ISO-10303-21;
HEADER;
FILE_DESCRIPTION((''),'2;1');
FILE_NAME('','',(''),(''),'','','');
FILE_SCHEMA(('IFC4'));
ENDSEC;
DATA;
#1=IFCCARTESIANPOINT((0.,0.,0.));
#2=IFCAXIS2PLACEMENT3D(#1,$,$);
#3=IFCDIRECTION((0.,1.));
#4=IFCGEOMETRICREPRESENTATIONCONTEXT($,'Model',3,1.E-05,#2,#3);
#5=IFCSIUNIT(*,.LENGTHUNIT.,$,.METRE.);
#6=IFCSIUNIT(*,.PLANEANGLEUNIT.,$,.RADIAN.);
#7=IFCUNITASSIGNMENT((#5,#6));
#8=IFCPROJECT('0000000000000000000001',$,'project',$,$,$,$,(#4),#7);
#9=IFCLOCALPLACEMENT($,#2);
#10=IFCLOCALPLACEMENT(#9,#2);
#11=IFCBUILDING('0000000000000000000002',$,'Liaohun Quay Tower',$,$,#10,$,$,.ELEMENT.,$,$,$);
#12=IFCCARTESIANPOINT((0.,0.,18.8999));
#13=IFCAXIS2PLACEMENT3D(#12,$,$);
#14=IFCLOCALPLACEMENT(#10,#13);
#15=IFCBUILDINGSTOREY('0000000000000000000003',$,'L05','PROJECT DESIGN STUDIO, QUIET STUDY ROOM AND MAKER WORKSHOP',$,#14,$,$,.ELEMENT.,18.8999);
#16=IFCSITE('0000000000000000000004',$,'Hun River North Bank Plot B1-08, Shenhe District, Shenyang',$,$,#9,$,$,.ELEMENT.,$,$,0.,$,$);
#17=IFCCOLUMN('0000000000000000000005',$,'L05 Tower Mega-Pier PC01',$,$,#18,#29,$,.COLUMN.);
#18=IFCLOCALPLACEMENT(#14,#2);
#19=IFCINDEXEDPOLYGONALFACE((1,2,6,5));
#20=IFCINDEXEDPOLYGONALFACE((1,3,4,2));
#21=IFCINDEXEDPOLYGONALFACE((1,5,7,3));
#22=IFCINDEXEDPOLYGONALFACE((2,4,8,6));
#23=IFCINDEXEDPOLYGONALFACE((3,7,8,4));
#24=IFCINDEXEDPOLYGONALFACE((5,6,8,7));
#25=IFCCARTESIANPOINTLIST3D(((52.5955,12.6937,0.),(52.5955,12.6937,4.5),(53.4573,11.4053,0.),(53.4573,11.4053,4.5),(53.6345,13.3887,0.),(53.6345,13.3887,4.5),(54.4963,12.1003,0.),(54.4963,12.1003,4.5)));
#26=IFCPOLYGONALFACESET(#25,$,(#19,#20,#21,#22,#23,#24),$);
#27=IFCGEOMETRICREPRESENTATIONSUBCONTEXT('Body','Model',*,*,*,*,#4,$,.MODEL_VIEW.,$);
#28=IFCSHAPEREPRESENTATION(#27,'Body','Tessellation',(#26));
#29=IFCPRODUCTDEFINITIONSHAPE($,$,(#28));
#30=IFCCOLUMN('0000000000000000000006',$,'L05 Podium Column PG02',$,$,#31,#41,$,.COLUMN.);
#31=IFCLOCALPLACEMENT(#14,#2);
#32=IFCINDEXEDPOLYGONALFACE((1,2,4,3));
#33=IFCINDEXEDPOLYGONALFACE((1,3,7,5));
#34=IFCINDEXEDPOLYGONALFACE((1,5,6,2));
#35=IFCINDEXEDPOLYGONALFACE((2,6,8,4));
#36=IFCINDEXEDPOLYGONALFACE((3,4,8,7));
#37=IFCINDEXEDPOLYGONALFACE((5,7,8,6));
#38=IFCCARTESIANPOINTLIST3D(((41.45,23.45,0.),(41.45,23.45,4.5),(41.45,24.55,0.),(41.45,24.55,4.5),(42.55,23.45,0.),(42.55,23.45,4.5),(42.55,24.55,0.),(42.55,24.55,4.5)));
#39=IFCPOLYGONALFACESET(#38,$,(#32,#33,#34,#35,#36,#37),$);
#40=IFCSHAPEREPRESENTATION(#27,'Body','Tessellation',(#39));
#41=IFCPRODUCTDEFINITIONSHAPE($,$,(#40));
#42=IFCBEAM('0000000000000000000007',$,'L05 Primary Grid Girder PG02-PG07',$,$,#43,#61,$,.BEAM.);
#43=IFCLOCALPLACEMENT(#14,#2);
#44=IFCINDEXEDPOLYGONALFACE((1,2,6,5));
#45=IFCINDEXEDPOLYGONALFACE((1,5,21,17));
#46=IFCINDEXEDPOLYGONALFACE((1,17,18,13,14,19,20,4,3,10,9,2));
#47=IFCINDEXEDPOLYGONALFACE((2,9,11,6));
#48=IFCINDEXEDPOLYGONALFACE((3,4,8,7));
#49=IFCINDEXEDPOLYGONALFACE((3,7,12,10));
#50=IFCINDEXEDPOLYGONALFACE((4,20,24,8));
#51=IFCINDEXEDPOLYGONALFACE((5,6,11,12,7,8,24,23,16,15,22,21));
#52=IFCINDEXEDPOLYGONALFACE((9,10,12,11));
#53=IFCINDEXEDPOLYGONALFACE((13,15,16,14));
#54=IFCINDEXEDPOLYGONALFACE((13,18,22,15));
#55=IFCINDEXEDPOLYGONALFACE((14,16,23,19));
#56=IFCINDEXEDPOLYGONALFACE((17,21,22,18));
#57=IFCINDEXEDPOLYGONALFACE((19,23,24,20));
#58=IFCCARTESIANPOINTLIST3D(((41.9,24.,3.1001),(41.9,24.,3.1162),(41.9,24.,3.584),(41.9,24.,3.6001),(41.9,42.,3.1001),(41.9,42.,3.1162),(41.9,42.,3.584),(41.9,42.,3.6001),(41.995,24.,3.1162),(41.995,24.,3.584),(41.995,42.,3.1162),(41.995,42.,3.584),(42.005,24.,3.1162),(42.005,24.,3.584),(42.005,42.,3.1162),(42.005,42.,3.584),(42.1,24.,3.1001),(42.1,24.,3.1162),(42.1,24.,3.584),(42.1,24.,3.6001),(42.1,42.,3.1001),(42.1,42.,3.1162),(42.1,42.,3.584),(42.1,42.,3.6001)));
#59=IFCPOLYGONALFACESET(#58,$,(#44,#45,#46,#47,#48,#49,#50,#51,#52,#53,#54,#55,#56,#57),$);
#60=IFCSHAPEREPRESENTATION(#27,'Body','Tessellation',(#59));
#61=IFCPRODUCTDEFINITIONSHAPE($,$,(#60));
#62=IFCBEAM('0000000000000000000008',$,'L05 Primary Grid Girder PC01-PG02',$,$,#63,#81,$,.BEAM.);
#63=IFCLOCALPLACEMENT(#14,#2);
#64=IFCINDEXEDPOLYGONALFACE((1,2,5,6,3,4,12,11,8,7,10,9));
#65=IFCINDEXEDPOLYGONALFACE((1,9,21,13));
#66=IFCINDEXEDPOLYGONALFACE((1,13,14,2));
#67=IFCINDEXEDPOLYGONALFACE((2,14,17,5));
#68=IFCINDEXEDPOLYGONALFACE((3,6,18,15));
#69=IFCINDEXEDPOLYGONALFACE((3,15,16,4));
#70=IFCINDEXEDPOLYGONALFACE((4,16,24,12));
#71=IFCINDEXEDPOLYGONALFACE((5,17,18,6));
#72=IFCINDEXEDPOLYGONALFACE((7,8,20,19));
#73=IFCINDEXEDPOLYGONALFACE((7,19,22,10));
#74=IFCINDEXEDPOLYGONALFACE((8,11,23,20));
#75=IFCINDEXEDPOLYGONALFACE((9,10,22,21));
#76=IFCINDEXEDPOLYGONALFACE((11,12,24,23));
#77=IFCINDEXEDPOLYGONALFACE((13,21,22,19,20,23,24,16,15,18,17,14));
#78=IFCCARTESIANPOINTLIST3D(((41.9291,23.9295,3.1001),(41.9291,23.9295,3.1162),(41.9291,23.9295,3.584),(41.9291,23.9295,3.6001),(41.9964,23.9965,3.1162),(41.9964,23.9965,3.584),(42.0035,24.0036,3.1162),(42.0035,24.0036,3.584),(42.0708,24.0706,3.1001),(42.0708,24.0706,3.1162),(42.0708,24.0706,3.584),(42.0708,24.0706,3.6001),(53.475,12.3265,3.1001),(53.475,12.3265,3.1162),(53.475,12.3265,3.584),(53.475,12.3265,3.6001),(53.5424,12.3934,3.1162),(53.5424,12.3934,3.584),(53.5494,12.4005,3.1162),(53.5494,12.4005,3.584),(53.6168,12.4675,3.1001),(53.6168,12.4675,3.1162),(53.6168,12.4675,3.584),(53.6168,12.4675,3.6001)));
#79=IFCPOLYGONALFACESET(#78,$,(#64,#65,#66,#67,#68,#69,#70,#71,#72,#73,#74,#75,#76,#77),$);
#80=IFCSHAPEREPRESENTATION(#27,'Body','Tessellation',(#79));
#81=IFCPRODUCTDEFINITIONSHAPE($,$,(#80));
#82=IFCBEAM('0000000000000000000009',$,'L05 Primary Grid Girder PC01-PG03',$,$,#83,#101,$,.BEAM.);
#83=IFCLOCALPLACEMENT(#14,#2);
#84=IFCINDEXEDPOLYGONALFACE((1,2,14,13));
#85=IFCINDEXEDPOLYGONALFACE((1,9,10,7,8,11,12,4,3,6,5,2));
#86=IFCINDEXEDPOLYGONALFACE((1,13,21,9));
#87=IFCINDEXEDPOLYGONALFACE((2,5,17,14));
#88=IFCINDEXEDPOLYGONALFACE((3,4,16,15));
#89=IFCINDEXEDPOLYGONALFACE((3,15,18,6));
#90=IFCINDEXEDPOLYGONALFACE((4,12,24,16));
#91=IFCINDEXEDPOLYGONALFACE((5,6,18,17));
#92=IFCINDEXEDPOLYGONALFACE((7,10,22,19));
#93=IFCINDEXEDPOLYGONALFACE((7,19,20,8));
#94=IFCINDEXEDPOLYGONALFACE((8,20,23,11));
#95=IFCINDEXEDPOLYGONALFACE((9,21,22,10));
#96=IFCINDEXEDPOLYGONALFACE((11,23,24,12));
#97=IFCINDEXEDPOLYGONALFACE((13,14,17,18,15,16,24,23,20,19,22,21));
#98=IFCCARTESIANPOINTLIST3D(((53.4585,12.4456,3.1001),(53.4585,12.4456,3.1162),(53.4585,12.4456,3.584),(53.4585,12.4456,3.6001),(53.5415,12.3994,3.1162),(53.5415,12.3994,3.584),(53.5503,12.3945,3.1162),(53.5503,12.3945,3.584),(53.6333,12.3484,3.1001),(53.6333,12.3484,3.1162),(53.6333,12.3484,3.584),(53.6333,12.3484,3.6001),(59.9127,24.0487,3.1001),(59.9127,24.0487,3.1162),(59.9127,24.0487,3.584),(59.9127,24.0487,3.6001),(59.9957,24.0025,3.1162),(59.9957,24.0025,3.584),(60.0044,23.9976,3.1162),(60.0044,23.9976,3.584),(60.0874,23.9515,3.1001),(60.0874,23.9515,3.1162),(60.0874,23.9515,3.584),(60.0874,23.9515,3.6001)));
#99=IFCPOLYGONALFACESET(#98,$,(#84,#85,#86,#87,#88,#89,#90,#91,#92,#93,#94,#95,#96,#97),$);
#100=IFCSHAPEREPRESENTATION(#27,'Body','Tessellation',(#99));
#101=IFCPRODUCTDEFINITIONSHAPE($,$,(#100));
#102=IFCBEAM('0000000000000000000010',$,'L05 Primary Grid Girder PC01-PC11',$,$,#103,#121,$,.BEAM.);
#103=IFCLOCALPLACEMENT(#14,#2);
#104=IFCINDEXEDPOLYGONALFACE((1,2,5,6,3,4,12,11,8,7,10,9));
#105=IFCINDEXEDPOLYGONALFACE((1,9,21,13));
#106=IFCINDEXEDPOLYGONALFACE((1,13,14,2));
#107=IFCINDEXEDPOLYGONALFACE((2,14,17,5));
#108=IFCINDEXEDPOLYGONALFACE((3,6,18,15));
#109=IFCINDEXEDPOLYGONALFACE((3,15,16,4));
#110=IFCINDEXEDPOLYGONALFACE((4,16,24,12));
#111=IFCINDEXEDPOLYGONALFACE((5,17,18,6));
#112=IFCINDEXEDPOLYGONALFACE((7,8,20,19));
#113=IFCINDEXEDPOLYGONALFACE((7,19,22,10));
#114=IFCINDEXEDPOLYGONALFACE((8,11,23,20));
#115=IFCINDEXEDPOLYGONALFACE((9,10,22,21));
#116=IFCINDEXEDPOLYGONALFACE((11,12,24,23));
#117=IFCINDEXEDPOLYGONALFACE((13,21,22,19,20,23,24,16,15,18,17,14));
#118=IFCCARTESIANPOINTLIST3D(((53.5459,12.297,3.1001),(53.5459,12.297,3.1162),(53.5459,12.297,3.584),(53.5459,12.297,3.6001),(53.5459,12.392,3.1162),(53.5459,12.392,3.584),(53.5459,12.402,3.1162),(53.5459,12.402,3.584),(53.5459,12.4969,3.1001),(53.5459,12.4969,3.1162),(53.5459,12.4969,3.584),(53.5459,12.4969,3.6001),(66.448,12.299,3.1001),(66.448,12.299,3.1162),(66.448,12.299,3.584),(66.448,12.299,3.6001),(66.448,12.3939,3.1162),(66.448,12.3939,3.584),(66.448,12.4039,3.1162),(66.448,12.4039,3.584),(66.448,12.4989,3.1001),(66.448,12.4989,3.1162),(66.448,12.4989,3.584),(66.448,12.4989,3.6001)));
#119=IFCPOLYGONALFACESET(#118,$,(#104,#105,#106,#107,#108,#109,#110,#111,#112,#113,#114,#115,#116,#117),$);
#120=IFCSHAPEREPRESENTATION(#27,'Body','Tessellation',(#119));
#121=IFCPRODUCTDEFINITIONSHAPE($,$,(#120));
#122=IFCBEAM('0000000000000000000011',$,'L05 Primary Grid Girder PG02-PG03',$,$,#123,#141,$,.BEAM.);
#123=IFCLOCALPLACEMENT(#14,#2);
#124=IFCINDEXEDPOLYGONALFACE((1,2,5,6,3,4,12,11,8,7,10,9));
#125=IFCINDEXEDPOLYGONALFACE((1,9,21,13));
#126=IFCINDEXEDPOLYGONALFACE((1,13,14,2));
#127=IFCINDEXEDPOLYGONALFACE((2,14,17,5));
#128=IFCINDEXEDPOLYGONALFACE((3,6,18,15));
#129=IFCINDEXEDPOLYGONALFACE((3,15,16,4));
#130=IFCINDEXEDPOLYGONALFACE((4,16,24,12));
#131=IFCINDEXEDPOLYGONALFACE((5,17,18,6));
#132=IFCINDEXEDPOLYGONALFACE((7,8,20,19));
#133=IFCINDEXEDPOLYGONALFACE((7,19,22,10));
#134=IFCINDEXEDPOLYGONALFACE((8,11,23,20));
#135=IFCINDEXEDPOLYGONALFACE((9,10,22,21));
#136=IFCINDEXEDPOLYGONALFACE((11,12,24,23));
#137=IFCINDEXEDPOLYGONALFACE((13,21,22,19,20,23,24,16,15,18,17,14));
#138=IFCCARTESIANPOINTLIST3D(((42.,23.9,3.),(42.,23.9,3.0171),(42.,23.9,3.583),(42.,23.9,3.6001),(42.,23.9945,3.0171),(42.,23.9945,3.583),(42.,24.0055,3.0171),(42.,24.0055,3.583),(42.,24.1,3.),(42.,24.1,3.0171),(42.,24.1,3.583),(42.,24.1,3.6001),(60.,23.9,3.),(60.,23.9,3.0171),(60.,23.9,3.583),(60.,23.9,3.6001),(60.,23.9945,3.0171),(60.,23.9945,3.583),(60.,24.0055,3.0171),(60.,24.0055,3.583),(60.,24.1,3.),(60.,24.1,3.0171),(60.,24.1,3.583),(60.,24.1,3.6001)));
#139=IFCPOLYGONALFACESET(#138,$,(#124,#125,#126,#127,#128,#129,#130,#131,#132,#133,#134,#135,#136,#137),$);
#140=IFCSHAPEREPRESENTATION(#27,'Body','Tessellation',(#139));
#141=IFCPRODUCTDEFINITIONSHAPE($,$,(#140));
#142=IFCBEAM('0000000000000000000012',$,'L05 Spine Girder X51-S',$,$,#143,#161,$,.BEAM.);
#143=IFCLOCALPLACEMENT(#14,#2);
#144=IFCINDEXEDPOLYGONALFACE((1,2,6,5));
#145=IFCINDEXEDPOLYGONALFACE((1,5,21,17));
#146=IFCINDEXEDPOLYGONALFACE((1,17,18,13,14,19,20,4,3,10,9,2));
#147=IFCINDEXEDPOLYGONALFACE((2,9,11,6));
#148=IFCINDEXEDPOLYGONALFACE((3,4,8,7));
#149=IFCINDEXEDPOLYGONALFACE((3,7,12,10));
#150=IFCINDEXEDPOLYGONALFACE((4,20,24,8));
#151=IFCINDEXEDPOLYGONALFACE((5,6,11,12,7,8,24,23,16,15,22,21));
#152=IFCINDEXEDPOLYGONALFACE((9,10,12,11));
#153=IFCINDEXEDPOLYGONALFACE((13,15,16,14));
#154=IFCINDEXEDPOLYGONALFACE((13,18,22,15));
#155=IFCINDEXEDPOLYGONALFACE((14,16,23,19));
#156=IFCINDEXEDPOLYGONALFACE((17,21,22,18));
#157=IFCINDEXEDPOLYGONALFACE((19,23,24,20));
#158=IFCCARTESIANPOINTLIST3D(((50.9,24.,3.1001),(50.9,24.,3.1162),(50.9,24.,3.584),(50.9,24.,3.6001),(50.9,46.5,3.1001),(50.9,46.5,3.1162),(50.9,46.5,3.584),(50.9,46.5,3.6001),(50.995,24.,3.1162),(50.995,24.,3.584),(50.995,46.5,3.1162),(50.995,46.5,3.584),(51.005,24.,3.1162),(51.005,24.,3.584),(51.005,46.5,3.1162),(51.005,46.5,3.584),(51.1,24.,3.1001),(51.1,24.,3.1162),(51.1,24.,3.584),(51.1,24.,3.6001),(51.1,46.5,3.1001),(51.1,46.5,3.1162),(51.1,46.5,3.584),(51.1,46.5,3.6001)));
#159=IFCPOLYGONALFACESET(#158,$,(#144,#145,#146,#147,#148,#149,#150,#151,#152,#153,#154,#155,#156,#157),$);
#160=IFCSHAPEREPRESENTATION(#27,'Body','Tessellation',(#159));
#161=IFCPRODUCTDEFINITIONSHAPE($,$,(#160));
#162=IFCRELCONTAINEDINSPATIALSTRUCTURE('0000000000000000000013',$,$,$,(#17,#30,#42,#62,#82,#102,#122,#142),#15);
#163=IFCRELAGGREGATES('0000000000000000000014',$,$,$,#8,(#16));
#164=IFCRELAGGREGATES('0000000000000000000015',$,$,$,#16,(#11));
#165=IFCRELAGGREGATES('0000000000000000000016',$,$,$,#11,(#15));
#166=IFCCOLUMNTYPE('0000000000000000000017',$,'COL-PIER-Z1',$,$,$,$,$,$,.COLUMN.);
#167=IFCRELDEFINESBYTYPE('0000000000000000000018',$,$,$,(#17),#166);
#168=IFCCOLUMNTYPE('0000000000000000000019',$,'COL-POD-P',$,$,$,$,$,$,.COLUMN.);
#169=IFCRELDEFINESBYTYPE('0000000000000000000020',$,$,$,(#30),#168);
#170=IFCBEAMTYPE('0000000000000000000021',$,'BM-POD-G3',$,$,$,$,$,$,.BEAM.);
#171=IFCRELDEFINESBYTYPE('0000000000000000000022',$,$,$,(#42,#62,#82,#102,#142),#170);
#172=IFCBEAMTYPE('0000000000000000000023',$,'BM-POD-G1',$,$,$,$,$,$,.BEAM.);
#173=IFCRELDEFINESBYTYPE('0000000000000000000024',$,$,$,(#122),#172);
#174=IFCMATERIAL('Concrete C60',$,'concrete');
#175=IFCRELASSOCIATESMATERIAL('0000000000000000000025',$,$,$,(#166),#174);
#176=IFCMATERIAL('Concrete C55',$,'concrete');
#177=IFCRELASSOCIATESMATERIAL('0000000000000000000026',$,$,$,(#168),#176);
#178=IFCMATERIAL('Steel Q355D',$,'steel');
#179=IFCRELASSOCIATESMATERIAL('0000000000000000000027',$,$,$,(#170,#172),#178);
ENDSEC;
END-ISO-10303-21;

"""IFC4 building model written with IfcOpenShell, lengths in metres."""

from ifc_helpers import new_model, si_unit, direction, frame, origin, origin_2d, place, context, subcontext, project, spatial, rectangle, i_section, extrude, source, transform, mapped, material, material_profile, profile_set, type_object, element, save


model = new_model("IFC4")

# Units and contexts
model_context = context("Model", 3, precision=1e-05, world=origin(), true_north=direction((0.0, 1.0)))
body_context = subcontext(model_context, "Body", "Model", "MODEL_VIEW")
ifc_project = project(units=[si_unit("LENGTHUNIT", "METRE"), si_unit("PLANEANGLEUNIT", "RADIAN")], contexts=[model_context])

# Site, building, storey
site_placement = place(None, origin())
site = spatial("IfcSite", under=ifc_project, at=site_placement, Name="Hun River North Bank Plot B1-08, Shenhe District, Shenyang", CompositionType="ELEMENT", RefElevation=0.0)
building_placement = place(site_placement, origin())
building = spatial("IfcBuilding", under=site, at=building_placement, Name="Liaohun Quay Tower", CompositionType="ELEMENT")
storey_placement = place(building_placement, frame((0.0, 0.0, 18.8999)))
storey = spatial("IfcBuildingStorey", under=building, at=storey_placement, Name="L05", Description="PROJECT DESIGN STUDIO, QUIET STUDY ROOM AND MAKER WORKSHOP", CompositionType="ELEMENT", Elevation=18.8999)

# Columns
ifc_material_1 = material(Name="Concrete C60", Category="concrete")
ifc_material_profile_1 = material_profile(ifc_material_1, rectangle(XDim=1.55, YDim=1.25, at=origin_2d()), Name="RC1550x1250")
ifc_profile_set_1 = profile_set([ifc_material_profile_1], Name="Concrete C60")
column_type_1 = type_object("IfcColumnType", Name="COL-PIER-Z1", PredefinedType="COLUMN", material=ifc_profile_set_1)
shared_shape_1 = source(origin(), body_context, "Body", "SweptSolid", [
    extrude(rectangle(XDim=1.55, YDim=1.25, at=origin_2d()), origin(), (0.0, 0.0, 1.0), 4.5),
])
column_1_placement = place(storey_placement, frame((53.5459, 12.397, 0.0), z_axis=(0.0, 0.0, 1.0), x_axis=(-0.556006, 0.831179, 0.0)))
element("IfcColumn", 1, at=column_1_placement, inside=storey, type_object=column_type_1, Name="L05 Tower Mega-Pier PC01", PredefinedType="COLUMN", context=body_context, shape_type="MappedRepresentation", body=[
    mapped(shared_shape_1, transform((0.0, 0.0, 0.0), x_axis=(1.0, 0.0, 0.0), y_axis=(0.0, 1.0, 0.0), z_axis=(0.0, 0.0, 1.0), scale=1.0)),
])
ifc_material_2 = material(Name="Concrete C55", Category="concrete")
ifc_material_profile_2 = material_profile(ifc_material_2, rectangle(XDim=1.1001, YDim=1.1001, at=origin_2d()), Name="RC1100x1100")
ifc_profile_set_2 = profile_set([ifc_material_profile_2], Name="Concrete C55")
column_type_2 = type_object("IfcColumnType", Name="COL-POD-P", PredefinedType="COLUMN", material=ifc_profile_set_2)
shared_shape_2 = source(origin(), body_context, "Body", "SweptSolid", [
    extrude(rectangle(XDim=1.1001, YDim=1.1001, at=origin_2d()), origin(), (0.0, 0.0, 1.0), 4.5),
])
column_2_placement = place(storey_placement, frame((42.0, 24.0, 0.0), z_axis=(0.0, 0.0, 1.0), x_axis=(1.0, 0.0, 0.0)))
element("IfcColumn", 2, at=column_2_placement, inside=storey, type_object=column_type_2, Name="L05 Podium Column PG02", PredefinedType="COLUMN", context=body_context, shape_type="MappedRepresentation", body=[
    mapped(shared_shape_2, transform((0.0, 0.0, 0.0), x_axis=(1.0, 0.0, 0.0), y_axis=(0.0, 1.0, 0.0), z_axis=(0.0, 0.0, 1.0), scale=1.0)),
])

# Beams
ifc_material_3 = material(Name="Steel Q355D", Category="steel")
ifc_material_profile_3 = material_profile(ifc_material_3, i_section(OverallWidth=0.2, OverallDepth=0.5, WebThickness=0.01, FlangeThickness=0.0161, at=origin_2d()), Name="HN500x200x10x16")
ifc_profile_set_3 = profile_set([ifc_material_profile_3], Name="Steel Q355D")
beam_type_1 = type_object("IfcBeamType", Name="BM-POD-G3", PredefinedType="BEAM", material=ifc_profile_set_3)
shared_shape_3 = source(origin(), body_context, "Body", "SweptSolid", [
    extrude(i_section(OverallWidth=0.2, OverallDepth=0.5, WebThickness=0.01, FlangeThickness=0.0161, at=origin_2d()), origin(), (0.0, 0.0, 1.0), 18.0),
])
beam_1_placement = place(storey_placement, frame((42.0, 24.0, 3.3501), z_axis=(0.0, 1.0, 0.0), x_axis=(-1.0, 0.0, 0.0)))
element("IfcBeam", 3, at=beam_1_placement, inside=storey, type_object=beam_type_1, Name="L05 Primary Grid Girder PG02-PG07", PredefinedType="BEAM", context=body_context, shape_type="MappedRepresentation", body=[
    mapped(shared_shape_3, transform((0.0, 0.0, 0.0), x_axis=(1.0, 0.0, 0.0), y_axis=(0.0, 1.0, 0.0), z_axis=(0.0, 0.0, 1.0), scale=1.0)),
])
shared_shape_4 = source(origin(), body_context, "Body", "SweptSolid", [
    extrude(i_section(OverallWidth=0.2, OverallDepth=0.5, WebThickness=0.01, FlangeThickness=0.0161, at=origin_2d()), origin(), (0.0, 0.0, 1.0), 16.3689),
])
beam_2_placement = place(storey_placement, frame((53.5459, 12.397, 3.3501), z_axis=(-0.70536, 0.70885, 0.0), x_axis=(-0.70885, -0.70536, 0.0)))
element("IfcBeam", 4, at=beam_2_placement, inside=storey, type_object=beam_type_1, Name="L05 Primary Grid Girder PC01-PG02", PredefinedType="BEAM", context=body_context, shape_type="MappedRepresentation", body=[
    mapped(shared_shape_4, transform((0.0, 0.0, 0.0), x_axis=(1.0, 0.0, 0.0), y_axis=(0.0, 1.0, 0.0), z_axis=(0.0, 0.0, 1.0), scale=1.0)),
])
shared_shape_5 = source(origin(), body_context, "Body", "SweptSolid", [
    extrude(i_section(OverallWidth=0.2, OverallDepth=0.5, WebThickness=0.01, FlangeThickness=0.0161, at=origin_2d()), origin(), (0.0, 0.0, 1.0), 13.2773),
])
beam_3_placement = place(storey_placement, frame((53.5459, 12.397, 3.3501), z_axis=(0.486102, 0.873902, 0.0), x_axis=(-0.873902, 0.486102, 0.0)))
element("IfcBeam", 5, at=beam_3_placement, inside=storey, type_object=beam_type_1, Name="L05 Primary Grid Girder PC01-PG03", PredefinedType="BEAM", context=body_context, shape_type="MappedRepresentation", body=[
    mapped(shared_shape_5, transform((0.0, 0.0, 0.0), x_axis=(1.0, 0.0, 0.0), y_axis=(0.0, 1.0, 0.0), z_axis=(0.0, 0.0, 1.0), scale=1.0)),
])
shared_shape_6 = source(origin(), body_context, "Body", "SweptSolid", [
    extrude(i_section(OverallWidth=0.2, OverallDepth=0.5, WebThickness=0.01, FlangeThickness=0.0161, at=origin_2d()), origin(), (0.0, 0.0, 1.0), 12.9021),
])
beam_4_placement = place(storey_placement, frame((53.5459, 12.397, 3.3501), z_axis=(1.0, 0.000151, 0.0), x_axis=(-0.000151, 1.0, 0.0)))
element("IfcBeam", 6, at=beam_4_placement, inside=storey, type_object=beam_type_1, Name="L05 Primary Grid Girder PC01-PC11", PredefinedType="BEAM", context=body_context, shape_type="MappedRepresentation", body=[
    mapped(shared_shape_6, transform((0.0, 0.0, 0.0), x_axis=(1.0, 0.0, 0.0), y_axis=(0.0, 1.0, 0.0), z_axis=(0.0, 0.0, 1.0), scale=1.0)),
])
ifc_material_profile_4 = material_profile(ifc_material_3, i_section(OverallWidth=0.2, OverallDepth=0.6001, WebThickness=0.011, FlangeThickness=0.0171, at=origin_2d()), Name="HN600x200x11x17")
ifc_profile_set_4 = profile_set([ifc_material_profile_4], Name="Steel Q355D")
beam_type_2 = type_object("IfcBeamType", Name="BM-POD-G1", PredefinedType="BEAM", material=ifc_profile_set_4)
shared_shape_7 = source(origin(), body_context, "Body", "SweptSolid", [
    extrude(i_section(OverallWidth=0.2, OverallDepth=0.6001, WebThickness=0.011, FlangeThickness=0.0171, at=origin_2d()), origin(), (0.0, 0.0, 1.0), 18.0),
])
beam_5_placement = place(storey_placement, frame((42.0, 24.0, 3.3), z_axis=(1.0, 0.0, 0.0), x_axis=(0.0, 1.0, 0.0)))
element("IfcBeam", 7, at=beam_5_placement, inside=storey, type_object=beam_type_2, Name="L05 Primary Grid Girder PG02-PG03", PredefinedType="BEAM", context=body_context, shape_type="MappedRepresentation", body=[
    mapped(shared_shape_7, transform((0.0, 0.0, 0.0), x_axis=(1.0, 0.0, 0.0), y_axis=(0.0, 1.0, 0.0), z_axis=(0.0, 0.0, 1.0), scale=1.0)),
])
shared_shape_8 = source(origin(), body_context, "Body", "SweptSolid", [
    extrude(i_section(OverallWidth=0.2, OverallDepth=0.5, WebThickness=0.01, FlangeThickness=0.0161, at=origin_2d()), origin(), (0.0, 0.0, 1.0), 22.5),
])
beam_6_placement = place(storey_placement, frame((51.0, 24.0, 3.3501), z_axis=(0.0, 1.0, 0.0), x_axis=(-1.0, 0.0, 0.0)))
element("IfcBeam", 8, at=beam_6_placement, inside=storey, type_object=beam_type_1, Name="L05 Spine Girder X51-S", PredefinedType="BEAM", context=body_context, shape_type="MappedRepresentation", body=[
    mapped(shared_shape_8, transform((0.0, 0.0, 0.0), x_axis=(1.0, 0.0, 0.0), y_axis=(0.0, 1.0, 0.0), z_axis=(0.0, 0.0, 1.0), scale=1.0)),
])

save(model, "model.ifc")
